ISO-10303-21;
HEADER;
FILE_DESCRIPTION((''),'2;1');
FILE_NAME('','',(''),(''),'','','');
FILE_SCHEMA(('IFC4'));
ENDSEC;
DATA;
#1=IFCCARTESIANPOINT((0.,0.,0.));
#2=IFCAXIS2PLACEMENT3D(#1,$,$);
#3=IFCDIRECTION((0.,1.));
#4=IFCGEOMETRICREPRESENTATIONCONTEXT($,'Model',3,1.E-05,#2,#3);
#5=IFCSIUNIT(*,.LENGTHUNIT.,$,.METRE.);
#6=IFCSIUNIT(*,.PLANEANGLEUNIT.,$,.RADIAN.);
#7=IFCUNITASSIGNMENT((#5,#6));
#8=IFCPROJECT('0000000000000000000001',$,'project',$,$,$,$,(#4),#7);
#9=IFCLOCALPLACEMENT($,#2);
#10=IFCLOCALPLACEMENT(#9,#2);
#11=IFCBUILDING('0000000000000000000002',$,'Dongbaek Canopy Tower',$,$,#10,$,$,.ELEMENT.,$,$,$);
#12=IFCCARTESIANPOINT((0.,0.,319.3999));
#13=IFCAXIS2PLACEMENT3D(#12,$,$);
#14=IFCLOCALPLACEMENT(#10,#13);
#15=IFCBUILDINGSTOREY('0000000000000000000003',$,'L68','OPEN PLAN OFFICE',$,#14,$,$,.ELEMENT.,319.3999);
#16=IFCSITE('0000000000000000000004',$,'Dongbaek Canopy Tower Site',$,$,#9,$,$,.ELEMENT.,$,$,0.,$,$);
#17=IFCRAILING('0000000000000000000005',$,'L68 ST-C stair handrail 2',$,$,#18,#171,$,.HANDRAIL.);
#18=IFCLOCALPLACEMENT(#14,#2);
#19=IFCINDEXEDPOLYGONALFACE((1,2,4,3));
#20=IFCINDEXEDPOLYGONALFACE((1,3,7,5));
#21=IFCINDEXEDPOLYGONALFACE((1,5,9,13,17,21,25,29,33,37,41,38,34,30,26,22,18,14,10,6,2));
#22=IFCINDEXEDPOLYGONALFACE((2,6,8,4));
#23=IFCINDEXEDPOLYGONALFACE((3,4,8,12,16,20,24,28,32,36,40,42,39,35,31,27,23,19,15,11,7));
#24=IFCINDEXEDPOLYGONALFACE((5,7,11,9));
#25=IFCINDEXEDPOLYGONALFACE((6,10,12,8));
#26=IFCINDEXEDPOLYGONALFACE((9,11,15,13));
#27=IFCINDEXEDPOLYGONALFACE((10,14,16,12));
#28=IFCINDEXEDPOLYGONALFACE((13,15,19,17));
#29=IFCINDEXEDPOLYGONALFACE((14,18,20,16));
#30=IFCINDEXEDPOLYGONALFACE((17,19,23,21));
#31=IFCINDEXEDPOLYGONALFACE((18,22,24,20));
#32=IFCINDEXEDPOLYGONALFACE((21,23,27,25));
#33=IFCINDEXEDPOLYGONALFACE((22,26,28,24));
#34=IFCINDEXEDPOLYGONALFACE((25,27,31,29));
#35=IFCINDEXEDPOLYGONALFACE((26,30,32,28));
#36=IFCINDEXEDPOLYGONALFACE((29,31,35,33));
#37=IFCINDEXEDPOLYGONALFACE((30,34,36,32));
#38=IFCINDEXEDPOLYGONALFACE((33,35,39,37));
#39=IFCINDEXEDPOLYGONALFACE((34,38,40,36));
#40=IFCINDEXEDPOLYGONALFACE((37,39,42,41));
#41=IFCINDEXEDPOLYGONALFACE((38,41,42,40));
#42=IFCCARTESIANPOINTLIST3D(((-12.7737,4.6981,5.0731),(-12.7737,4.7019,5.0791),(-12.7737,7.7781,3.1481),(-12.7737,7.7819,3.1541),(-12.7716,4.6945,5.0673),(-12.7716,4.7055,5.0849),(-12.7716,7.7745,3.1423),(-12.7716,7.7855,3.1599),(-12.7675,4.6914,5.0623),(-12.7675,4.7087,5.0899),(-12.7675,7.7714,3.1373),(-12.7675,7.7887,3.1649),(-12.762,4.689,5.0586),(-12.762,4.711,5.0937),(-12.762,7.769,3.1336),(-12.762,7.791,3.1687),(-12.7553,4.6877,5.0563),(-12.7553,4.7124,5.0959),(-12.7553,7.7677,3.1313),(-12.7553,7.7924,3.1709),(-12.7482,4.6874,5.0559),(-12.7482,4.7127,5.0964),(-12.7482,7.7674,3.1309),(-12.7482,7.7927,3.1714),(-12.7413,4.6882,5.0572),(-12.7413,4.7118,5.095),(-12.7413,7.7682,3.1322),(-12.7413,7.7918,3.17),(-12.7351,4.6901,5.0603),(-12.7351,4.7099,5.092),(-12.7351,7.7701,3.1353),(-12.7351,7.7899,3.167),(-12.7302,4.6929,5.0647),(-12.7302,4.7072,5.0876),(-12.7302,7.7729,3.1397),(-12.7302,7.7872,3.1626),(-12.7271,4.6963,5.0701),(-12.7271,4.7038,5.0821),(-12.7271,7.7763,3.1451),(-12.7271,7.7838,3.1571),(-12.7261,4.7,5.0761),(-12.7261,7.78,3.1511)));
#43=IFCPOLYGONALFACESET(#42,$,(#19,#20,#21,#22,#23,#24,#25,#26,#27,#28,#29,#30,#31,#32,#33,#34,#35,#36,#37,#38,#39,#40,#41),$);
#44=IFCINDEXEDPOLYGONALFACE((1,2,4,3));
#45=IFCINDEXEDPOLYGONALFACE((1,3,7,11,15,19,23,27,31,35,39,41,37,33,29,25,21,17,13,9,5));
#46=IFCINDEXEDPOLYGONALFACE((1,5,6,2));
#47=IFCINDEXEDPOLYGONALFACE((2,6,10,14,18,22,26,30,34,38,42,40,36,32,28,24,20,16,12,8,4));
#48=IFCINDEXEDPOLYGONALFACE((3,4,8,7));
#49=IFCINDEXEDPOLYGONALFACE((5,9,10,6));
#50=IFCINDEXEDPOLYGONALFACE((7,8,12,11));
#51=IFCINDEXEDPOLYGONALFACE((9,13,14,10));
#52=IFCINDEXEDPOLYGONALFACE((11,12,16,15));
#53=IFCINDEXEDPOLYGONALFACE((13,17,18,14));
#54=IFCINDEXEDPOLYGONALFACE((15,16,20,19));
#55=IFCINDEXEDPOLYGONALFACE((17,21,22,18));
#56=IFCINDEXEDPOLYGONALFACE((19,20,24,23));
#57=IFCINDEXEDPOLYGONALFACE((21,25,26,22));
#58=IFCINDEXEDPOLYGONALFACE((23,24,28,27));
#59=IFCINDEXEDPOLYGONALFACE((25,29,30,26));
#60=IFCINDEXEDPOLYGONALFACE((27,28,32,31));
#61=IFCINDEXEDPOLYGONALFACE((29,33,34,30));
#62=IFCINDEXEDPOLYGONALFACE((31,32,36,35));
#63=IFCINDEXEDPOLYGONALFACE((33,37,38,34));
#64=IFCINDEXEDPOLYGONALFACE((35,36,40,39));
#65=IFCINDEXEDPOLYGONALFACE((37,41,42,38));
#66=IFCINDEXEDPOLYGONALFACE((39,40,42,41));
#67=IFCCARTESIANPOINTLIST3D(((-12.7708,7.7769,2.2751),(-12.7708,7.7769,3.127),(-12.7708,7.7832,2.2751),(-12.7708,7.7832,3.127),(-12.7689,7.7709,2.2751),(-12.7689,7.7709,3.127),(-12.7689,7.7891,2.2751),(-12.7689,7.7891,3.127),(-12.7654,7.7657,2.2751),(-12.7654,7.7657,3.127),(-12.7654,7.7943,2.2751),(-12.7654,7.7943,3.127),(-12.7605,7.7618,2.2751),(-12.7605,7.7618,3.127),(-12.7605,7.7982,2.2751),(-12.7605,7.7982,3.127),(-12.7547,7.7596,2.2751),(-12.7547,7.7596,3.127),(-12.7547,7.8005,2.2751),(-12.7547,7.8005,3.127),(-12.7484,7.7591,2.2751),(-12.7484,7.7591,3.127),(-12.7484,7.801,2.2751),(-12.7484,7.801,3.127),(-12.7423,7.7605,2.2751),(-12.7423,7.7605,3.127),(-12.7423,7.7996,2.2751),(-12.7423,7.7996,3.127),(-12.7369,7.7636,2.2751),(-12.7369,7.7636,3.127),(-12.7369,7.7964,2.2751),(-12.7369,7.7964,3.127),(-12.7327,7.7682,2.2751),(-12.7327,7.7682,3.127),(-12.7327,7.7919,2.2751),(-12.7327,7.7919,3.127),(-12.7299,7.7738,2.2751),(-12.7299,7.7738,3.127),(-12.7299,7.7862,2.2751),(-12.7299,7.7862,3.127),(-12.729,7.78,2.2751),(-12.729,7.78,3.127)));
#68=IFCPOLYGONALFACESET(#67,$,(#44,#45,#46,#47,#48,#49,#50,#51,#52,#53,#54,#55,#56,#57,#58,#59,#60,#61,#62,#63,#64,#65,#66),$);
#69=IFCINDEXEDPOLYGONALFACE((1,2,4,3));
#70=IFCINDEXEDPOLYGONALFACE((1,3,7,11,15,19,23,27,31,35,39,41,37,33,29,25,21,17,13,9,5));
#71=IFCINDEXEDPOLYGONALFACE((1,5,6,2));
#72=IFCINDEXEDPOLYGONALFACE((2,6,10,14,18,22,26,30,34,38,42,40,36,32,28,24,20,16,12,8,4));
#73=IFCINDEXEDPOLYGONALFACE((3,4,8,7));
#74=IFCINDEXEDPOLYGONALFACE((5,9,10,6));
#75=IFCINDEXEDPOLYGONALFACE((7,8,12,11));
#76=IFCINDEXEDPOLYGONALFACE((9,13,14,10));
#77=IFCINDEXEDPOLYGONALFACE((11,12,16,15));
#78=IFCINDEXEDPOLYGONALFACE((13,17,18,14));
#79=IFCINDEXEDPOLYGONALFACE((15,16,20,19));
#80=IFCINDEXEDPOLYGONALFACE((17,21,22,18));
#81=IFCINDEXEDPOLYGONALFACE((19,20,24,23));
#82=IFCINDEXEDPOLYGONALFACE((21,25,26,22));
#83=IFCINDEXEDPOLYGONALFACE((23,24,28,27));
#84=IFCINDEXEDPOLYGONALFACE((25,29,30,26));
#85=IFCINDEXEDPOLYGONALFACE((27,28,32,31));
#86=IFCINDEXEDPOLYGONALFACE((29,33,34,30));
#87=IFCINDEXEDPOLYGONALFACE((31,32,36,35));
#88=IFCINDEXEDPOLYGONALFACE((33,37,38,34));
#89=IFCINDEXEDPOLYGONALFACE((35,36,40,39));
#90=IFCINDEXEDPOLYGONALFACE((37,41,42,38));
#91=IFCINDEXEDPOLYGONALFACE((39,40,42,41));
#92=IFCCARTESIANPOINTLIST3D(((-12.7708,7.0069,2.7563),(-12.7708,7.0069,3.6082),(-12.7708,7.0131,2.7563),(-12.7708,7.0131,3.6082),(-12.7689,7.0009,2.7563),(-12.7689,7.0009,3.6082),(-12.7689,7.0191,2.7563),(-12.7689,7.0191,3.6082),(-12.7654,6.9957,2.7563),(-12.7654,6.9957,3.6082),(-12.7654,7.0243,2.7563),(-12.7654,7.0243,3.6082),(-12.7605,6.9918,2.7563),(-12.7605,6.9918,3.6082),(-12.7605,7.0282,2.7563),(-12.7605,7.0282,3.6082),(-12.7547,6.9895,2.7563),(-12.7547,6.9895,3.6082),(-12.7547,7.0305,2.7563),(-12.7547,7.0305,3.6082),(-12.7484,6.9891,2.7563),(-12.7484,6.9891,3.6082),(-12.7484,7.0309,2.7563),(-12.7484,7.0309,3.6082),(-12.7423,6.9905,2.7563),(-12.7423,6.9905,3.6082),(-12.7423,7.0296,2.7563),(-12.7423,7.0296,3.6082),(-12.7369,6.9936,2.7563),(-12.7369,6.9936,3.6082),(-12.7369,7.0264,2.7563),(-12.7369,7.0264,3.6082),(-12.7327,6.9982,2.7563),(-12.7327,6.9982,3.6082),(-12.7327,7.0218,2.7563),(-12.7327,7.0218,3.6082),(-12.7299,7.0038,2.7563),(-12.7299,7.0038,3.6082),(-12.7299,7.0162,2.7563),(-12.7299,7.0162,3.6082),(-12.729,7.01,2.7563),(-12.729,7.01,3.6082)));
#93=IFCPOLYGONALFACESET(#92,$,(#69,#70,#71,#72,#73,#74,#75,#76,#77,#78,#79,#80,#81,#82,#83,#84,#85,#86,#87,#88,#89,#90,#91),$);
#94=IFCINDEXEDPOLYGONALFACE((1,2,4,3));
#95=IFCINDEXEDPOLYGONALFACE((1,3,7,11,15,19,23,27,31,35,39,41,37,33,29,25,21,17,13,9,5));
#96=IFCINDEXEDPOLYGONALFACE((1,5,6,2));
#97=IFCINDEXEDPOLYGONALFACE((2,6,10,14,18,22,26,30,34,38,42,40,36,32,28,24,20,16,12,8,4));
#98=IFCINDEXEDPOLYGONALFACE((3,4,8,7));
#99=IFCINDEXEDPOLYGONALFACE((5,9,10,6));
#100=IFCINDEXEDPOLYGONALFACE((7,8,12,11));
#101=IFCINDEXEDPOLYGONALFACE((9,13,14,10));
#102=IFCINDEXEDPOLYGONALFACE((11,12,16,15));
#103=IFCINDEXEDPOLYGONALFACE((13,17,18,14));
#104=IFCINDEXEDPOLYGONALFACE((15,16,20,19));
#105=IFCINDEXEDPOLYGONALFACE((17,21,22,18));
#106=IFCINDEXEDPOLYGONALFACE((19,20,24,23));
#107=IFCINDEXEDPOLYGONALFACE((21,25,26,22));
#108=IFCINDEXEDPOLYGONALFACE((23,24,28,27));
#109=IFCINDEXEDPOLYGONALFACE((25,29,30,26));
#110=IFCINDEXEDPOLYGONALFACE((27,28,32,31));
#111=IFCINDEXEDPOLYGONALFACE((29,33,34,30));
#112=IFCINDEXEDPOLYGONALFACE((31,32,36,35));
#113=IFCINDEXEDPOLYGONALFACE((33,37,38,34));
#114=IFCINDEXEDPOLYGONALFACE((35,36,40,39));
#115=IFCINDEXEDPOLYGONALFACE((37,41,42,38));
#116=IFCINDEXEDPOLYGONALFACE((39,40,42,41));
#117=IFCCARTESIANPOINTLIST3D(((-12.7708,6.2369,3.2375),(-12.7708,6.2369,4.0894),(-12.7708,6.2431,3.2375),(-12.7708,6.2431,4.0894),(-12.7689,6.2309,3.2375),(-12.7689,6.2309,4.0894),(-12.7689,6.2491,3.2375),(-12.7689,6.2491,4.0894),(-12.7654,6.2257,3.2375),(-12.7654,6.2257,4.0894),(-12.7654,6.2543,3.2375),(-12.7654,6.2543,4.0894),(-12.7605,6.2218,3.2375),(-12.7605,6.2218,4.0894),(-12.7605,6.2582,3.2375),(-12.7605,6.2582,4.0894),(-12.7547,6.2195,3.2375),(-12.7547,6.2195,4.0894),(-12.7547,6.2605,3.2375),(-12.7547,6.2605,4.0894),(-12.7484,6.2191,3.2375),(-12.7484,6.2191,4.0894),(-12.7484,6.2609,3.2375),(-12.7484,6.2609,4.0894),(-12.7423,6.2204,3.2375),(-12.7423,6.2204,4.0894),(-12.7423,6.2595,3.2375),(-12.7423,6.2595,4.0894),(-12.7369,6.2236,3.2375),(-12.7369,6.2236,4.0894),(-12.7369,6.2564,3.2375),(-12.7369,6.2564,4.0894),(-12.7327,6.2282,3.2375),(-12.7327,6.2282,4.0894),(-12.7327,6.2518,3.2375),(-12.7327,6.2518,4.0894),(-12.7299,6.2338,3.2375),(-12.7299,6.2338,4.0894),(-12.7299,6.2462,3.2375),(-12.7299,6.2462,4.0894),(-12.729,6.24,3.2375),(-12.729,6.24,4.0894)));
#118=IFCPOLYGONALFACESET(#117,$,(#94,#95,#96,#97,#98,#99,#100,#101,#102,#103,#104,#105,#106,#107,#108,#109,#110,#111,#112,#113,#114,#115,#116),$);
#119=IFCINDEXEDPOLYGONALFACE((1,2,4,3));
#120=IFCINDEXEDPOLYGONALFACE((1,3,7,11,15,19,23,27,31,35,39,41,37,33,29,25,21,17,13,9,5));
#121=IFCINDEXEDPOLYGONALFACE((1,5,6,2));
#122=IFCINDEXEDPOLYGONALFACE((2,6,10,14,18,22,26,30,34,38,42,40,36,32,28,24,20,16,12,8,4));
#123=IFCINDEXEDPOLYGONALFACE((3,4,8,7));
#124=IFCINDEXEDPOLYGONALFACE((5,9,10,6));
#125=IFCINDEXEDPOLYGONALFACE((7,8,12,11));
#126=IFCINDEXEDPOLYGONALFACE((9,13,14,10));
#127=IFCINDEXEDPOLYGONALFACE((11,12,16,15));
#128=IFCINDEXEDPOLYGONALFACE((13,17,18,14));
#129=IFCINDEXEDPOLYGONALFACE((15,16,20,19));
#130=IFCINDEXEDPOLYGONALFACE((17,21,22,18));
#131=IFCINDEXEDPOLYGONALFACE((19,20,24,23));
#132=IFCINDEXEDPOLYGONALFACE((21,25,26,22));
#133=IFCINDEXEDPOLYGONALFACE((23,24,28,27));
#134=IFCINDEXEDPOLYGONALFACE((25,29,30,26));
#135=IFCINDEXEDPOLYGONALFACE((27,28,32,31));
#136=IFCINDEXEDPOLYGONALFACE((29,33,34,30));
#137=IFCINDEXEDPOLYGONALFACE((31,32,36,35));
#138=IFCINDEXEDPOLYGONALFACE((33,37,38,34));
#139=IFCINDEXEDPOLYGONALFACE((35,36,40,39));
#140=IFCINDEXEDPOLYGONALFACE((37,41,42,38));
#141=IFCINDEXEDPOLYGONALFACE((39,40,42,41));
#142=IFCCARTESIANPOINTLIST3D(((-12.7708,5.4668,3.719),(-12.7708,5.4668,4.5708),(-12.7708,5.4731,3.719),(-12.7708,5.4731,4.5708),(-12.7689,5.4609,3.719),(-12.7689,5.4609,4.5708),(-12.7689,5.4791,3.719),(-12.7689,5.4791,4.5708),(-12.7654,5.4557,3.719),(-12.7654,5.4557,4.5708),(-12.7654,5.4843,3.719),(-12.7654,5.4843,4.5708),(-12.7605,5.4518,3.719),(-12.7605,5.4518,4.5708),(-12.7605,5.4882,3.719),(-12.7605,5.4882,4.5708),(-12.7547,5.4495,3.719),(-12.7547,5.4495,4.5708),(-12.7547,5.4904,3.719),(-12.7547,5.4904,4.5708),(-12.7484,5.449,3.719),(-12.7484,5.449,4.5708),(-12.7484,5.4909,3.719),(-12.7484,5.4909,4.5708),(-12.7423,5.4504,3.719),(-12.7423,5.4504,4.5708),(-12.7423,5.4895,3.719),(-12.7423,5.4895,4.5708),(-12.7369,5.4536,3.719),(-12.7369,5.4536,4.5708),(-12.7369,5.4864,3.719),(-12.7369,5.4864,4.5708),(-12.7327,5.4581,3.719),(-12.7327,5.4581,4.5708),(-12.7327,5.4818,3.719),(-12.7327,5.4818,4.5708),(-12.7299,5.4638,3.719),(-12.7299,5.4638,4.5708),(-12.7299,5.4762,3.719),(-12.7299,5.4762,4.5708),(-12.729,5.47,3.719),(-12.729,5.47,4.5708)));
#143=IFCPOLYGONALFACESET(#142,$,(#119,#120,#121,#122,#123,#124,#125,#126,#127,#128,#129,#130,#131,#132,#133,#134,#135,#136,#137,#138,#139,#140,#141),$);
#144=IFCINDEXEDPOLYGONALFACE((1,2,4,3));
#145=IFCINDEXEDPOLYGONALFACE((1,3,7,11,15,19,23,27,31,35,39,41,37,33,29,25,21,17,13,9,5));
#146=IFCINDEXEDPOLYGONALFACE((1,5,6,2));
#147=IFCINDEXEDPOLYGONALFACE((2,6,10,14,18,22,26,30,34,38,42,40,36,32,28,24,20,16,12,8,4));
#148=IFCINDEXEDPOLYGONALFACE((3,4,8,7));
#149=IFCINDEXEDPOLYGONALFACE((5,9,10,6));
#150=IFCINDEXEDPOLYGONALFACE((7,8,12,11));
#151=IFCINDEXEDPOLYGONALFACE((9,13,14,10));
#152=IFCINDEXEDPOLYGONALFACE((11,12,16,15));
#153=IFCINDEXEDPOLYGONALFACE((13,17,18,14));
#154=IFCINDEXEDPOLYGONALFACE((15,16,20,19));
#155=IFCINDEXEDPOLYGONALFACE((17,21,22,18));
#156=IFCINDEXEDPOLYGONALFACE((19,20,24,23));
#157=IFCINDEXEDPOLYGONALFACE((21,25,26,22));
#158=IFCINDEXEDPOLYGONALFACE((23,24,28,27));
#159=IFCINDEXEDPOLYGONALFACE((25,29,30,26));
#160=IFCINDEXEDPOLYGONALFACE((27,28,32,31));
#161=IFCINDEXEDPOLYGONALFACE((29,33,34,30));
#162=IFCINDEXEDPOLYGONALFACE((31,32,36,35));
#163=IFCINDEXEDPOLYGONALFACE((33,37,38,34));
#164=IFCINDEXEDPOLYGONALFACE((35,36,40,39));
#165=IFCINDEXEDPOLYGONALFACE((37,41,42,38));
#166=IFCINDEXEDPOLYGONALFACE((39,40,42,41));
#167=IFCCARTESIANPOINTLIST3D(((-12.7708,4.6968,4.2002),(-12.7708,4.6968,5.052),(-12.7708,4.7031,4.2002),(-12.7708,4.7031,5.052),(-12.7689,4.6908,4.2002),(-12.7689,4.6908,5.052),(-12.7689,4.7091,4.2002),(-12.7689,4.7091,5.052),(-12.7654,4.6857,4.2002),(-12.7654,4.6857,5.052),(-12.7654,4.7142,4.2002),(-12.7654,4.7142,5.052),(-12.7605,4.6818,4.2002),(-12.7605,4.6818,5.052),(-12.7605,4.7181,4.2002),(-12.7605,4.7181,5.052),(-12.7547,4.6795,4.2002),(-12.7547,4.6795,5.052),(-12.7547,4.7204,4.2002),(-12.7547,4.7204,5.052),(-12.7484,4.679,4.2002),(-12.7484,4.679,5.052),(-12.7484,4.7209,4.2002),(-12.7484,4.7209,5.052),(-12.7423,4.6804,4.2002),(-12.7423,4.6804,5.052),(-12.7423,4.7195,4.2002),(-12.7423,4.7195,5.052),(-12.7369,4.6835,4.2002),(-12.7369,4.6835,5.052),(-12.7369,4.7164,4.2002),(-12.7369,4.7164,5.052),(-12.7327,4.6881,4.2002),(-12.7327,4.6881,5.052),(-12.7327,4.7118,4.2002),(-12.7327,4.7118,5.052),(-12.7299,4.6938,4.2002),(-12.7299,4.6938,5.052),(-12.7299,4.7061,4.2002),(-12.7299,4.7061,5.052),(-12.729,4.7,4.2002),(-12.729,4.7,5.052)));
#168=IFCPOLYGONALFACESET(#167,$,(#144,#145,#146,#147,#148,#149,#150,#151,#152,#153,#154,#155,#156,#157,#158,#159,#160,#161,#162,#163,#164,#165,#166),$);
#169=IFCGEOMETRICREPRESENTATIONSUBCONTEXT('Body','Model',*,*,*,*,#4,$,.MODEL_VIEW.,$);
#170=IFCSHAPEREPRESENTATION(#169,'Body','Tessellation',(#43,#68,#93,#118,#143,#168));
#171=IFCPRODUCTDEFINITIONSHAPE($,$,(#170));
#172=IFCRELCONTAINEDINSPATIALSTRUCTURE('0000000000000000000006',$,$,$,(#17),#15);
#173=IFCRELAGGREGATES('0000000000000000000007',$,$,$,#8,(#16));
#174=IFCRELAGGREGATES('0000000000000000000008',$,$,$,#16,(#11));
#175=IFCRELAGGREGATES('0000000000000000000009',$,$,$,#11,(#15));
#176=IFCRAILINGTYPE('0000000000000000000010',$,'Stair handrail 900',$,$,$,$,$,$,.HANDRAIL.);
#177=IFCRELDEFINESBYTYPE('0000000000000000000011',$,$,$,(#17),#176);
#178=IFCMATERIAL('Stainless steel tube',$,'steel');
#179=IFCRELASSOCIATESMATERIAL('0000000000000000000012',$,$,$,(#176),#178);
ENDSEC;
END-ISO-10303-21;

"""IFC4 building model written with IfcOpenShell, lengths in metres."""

from ifc_helpers import new_model, si_unit, direction, frame, origin, origin_2d, place, context, subcontext, project, spatial, circle, extrude, material, type_object, element, save


model = new_model("IFC4")

# Units and contexts
model_context = context("Model", 3, precision=1e-05, world=origin(), true_north=direction((0.0, 1.0)))
body_context = subcontext(model_context, "Body", "Model", "MODEL_VIEW")
ifc_project = project(units=[si_unit("LENGTHUNIT", "METRE"), si_unit("PLANEANGLEUNIT", "RADIAN")], contexts=[model_context])

# Site, building, storey
site_placement = place(None, origin())
site = spatial("IfcSite", under=ifc_project, at=site_placement, Name="Dongbaek Canopy Tower Site", CompositionType="ELEMENT", RefElevation=0.0)
building_placement = place(site_placement, origin())
building = spatial("IfcBuilding", under=site, at=building_placement, Name="Dongbaek Canopy Tower", CompositionType="ELEMENT")
storey_placement = place(building_placement, frame((0.0, 0.0, 319.3999)))
storey = spatial("IfcBuildingStorey", under=building, at=storey_placement, Name="L68", Description="OPEN PLAN OFFICE", CompositionType="ELEMENT", Elevation=319.3999)

# Railing
ifc_material_1 = material(Name="Stainless steel tube", Category="steel")
railing_type_1 = type_object("IfcRailingType", Name="Stair handrail 900", PredefinedType="HANDRAIL", material=ifc_material_1)
railing_1_placement = place(storey_placement, frame((-12.75, 7.78, 2.2751)))
element("IfcRailing", 1, at=railing_1_placement, inside=storey, type_object=railing_type_1, Name="L68 ST-C stair handrail 2", PredefinedType="HANDRAIL", context=body_context, shape_type="SweptSolid", body=[
    extrude(circle(Radius=0.0239, at=origin_2d()), frame((0.0, 0.0, 0.876), z_axis=(0.0, -0.847998, 0.529999), x_axis=(1.0, 0.0, 0.0)), (0.0, 0.0, 1.0), 3.6321),
    extrude(circle(Radius=0.021, at=origin_2d()), origin(), (0.0, 0.0, 1.0), 0.8518),
    extrude(circle(Radius=0.021, at=origin_2d()), frame((0.0, -0.77, 0.4812)), (0.0, 0.0, 1.0), 0.8518),
    extrude(circle(Radius=0.021, at=origin_2d()), frame((0.0, -1.54, 0.9624)), (0.0, 0.0, 1.0), 0.8518),
    extrude(circle(Radius=0.021, at=origin_2d()), frame((0.0, -2.3101, 1.4438)), (0.0, 0.0, 1.0), 0.8518),
    extrude(circle(Radius=0.021, at=origin_2d()), frame((0.0, -3.0801, 1.925)), (0.0, 0.0, 1.0), 0.8518),
])

save(model, "model.ifc")
